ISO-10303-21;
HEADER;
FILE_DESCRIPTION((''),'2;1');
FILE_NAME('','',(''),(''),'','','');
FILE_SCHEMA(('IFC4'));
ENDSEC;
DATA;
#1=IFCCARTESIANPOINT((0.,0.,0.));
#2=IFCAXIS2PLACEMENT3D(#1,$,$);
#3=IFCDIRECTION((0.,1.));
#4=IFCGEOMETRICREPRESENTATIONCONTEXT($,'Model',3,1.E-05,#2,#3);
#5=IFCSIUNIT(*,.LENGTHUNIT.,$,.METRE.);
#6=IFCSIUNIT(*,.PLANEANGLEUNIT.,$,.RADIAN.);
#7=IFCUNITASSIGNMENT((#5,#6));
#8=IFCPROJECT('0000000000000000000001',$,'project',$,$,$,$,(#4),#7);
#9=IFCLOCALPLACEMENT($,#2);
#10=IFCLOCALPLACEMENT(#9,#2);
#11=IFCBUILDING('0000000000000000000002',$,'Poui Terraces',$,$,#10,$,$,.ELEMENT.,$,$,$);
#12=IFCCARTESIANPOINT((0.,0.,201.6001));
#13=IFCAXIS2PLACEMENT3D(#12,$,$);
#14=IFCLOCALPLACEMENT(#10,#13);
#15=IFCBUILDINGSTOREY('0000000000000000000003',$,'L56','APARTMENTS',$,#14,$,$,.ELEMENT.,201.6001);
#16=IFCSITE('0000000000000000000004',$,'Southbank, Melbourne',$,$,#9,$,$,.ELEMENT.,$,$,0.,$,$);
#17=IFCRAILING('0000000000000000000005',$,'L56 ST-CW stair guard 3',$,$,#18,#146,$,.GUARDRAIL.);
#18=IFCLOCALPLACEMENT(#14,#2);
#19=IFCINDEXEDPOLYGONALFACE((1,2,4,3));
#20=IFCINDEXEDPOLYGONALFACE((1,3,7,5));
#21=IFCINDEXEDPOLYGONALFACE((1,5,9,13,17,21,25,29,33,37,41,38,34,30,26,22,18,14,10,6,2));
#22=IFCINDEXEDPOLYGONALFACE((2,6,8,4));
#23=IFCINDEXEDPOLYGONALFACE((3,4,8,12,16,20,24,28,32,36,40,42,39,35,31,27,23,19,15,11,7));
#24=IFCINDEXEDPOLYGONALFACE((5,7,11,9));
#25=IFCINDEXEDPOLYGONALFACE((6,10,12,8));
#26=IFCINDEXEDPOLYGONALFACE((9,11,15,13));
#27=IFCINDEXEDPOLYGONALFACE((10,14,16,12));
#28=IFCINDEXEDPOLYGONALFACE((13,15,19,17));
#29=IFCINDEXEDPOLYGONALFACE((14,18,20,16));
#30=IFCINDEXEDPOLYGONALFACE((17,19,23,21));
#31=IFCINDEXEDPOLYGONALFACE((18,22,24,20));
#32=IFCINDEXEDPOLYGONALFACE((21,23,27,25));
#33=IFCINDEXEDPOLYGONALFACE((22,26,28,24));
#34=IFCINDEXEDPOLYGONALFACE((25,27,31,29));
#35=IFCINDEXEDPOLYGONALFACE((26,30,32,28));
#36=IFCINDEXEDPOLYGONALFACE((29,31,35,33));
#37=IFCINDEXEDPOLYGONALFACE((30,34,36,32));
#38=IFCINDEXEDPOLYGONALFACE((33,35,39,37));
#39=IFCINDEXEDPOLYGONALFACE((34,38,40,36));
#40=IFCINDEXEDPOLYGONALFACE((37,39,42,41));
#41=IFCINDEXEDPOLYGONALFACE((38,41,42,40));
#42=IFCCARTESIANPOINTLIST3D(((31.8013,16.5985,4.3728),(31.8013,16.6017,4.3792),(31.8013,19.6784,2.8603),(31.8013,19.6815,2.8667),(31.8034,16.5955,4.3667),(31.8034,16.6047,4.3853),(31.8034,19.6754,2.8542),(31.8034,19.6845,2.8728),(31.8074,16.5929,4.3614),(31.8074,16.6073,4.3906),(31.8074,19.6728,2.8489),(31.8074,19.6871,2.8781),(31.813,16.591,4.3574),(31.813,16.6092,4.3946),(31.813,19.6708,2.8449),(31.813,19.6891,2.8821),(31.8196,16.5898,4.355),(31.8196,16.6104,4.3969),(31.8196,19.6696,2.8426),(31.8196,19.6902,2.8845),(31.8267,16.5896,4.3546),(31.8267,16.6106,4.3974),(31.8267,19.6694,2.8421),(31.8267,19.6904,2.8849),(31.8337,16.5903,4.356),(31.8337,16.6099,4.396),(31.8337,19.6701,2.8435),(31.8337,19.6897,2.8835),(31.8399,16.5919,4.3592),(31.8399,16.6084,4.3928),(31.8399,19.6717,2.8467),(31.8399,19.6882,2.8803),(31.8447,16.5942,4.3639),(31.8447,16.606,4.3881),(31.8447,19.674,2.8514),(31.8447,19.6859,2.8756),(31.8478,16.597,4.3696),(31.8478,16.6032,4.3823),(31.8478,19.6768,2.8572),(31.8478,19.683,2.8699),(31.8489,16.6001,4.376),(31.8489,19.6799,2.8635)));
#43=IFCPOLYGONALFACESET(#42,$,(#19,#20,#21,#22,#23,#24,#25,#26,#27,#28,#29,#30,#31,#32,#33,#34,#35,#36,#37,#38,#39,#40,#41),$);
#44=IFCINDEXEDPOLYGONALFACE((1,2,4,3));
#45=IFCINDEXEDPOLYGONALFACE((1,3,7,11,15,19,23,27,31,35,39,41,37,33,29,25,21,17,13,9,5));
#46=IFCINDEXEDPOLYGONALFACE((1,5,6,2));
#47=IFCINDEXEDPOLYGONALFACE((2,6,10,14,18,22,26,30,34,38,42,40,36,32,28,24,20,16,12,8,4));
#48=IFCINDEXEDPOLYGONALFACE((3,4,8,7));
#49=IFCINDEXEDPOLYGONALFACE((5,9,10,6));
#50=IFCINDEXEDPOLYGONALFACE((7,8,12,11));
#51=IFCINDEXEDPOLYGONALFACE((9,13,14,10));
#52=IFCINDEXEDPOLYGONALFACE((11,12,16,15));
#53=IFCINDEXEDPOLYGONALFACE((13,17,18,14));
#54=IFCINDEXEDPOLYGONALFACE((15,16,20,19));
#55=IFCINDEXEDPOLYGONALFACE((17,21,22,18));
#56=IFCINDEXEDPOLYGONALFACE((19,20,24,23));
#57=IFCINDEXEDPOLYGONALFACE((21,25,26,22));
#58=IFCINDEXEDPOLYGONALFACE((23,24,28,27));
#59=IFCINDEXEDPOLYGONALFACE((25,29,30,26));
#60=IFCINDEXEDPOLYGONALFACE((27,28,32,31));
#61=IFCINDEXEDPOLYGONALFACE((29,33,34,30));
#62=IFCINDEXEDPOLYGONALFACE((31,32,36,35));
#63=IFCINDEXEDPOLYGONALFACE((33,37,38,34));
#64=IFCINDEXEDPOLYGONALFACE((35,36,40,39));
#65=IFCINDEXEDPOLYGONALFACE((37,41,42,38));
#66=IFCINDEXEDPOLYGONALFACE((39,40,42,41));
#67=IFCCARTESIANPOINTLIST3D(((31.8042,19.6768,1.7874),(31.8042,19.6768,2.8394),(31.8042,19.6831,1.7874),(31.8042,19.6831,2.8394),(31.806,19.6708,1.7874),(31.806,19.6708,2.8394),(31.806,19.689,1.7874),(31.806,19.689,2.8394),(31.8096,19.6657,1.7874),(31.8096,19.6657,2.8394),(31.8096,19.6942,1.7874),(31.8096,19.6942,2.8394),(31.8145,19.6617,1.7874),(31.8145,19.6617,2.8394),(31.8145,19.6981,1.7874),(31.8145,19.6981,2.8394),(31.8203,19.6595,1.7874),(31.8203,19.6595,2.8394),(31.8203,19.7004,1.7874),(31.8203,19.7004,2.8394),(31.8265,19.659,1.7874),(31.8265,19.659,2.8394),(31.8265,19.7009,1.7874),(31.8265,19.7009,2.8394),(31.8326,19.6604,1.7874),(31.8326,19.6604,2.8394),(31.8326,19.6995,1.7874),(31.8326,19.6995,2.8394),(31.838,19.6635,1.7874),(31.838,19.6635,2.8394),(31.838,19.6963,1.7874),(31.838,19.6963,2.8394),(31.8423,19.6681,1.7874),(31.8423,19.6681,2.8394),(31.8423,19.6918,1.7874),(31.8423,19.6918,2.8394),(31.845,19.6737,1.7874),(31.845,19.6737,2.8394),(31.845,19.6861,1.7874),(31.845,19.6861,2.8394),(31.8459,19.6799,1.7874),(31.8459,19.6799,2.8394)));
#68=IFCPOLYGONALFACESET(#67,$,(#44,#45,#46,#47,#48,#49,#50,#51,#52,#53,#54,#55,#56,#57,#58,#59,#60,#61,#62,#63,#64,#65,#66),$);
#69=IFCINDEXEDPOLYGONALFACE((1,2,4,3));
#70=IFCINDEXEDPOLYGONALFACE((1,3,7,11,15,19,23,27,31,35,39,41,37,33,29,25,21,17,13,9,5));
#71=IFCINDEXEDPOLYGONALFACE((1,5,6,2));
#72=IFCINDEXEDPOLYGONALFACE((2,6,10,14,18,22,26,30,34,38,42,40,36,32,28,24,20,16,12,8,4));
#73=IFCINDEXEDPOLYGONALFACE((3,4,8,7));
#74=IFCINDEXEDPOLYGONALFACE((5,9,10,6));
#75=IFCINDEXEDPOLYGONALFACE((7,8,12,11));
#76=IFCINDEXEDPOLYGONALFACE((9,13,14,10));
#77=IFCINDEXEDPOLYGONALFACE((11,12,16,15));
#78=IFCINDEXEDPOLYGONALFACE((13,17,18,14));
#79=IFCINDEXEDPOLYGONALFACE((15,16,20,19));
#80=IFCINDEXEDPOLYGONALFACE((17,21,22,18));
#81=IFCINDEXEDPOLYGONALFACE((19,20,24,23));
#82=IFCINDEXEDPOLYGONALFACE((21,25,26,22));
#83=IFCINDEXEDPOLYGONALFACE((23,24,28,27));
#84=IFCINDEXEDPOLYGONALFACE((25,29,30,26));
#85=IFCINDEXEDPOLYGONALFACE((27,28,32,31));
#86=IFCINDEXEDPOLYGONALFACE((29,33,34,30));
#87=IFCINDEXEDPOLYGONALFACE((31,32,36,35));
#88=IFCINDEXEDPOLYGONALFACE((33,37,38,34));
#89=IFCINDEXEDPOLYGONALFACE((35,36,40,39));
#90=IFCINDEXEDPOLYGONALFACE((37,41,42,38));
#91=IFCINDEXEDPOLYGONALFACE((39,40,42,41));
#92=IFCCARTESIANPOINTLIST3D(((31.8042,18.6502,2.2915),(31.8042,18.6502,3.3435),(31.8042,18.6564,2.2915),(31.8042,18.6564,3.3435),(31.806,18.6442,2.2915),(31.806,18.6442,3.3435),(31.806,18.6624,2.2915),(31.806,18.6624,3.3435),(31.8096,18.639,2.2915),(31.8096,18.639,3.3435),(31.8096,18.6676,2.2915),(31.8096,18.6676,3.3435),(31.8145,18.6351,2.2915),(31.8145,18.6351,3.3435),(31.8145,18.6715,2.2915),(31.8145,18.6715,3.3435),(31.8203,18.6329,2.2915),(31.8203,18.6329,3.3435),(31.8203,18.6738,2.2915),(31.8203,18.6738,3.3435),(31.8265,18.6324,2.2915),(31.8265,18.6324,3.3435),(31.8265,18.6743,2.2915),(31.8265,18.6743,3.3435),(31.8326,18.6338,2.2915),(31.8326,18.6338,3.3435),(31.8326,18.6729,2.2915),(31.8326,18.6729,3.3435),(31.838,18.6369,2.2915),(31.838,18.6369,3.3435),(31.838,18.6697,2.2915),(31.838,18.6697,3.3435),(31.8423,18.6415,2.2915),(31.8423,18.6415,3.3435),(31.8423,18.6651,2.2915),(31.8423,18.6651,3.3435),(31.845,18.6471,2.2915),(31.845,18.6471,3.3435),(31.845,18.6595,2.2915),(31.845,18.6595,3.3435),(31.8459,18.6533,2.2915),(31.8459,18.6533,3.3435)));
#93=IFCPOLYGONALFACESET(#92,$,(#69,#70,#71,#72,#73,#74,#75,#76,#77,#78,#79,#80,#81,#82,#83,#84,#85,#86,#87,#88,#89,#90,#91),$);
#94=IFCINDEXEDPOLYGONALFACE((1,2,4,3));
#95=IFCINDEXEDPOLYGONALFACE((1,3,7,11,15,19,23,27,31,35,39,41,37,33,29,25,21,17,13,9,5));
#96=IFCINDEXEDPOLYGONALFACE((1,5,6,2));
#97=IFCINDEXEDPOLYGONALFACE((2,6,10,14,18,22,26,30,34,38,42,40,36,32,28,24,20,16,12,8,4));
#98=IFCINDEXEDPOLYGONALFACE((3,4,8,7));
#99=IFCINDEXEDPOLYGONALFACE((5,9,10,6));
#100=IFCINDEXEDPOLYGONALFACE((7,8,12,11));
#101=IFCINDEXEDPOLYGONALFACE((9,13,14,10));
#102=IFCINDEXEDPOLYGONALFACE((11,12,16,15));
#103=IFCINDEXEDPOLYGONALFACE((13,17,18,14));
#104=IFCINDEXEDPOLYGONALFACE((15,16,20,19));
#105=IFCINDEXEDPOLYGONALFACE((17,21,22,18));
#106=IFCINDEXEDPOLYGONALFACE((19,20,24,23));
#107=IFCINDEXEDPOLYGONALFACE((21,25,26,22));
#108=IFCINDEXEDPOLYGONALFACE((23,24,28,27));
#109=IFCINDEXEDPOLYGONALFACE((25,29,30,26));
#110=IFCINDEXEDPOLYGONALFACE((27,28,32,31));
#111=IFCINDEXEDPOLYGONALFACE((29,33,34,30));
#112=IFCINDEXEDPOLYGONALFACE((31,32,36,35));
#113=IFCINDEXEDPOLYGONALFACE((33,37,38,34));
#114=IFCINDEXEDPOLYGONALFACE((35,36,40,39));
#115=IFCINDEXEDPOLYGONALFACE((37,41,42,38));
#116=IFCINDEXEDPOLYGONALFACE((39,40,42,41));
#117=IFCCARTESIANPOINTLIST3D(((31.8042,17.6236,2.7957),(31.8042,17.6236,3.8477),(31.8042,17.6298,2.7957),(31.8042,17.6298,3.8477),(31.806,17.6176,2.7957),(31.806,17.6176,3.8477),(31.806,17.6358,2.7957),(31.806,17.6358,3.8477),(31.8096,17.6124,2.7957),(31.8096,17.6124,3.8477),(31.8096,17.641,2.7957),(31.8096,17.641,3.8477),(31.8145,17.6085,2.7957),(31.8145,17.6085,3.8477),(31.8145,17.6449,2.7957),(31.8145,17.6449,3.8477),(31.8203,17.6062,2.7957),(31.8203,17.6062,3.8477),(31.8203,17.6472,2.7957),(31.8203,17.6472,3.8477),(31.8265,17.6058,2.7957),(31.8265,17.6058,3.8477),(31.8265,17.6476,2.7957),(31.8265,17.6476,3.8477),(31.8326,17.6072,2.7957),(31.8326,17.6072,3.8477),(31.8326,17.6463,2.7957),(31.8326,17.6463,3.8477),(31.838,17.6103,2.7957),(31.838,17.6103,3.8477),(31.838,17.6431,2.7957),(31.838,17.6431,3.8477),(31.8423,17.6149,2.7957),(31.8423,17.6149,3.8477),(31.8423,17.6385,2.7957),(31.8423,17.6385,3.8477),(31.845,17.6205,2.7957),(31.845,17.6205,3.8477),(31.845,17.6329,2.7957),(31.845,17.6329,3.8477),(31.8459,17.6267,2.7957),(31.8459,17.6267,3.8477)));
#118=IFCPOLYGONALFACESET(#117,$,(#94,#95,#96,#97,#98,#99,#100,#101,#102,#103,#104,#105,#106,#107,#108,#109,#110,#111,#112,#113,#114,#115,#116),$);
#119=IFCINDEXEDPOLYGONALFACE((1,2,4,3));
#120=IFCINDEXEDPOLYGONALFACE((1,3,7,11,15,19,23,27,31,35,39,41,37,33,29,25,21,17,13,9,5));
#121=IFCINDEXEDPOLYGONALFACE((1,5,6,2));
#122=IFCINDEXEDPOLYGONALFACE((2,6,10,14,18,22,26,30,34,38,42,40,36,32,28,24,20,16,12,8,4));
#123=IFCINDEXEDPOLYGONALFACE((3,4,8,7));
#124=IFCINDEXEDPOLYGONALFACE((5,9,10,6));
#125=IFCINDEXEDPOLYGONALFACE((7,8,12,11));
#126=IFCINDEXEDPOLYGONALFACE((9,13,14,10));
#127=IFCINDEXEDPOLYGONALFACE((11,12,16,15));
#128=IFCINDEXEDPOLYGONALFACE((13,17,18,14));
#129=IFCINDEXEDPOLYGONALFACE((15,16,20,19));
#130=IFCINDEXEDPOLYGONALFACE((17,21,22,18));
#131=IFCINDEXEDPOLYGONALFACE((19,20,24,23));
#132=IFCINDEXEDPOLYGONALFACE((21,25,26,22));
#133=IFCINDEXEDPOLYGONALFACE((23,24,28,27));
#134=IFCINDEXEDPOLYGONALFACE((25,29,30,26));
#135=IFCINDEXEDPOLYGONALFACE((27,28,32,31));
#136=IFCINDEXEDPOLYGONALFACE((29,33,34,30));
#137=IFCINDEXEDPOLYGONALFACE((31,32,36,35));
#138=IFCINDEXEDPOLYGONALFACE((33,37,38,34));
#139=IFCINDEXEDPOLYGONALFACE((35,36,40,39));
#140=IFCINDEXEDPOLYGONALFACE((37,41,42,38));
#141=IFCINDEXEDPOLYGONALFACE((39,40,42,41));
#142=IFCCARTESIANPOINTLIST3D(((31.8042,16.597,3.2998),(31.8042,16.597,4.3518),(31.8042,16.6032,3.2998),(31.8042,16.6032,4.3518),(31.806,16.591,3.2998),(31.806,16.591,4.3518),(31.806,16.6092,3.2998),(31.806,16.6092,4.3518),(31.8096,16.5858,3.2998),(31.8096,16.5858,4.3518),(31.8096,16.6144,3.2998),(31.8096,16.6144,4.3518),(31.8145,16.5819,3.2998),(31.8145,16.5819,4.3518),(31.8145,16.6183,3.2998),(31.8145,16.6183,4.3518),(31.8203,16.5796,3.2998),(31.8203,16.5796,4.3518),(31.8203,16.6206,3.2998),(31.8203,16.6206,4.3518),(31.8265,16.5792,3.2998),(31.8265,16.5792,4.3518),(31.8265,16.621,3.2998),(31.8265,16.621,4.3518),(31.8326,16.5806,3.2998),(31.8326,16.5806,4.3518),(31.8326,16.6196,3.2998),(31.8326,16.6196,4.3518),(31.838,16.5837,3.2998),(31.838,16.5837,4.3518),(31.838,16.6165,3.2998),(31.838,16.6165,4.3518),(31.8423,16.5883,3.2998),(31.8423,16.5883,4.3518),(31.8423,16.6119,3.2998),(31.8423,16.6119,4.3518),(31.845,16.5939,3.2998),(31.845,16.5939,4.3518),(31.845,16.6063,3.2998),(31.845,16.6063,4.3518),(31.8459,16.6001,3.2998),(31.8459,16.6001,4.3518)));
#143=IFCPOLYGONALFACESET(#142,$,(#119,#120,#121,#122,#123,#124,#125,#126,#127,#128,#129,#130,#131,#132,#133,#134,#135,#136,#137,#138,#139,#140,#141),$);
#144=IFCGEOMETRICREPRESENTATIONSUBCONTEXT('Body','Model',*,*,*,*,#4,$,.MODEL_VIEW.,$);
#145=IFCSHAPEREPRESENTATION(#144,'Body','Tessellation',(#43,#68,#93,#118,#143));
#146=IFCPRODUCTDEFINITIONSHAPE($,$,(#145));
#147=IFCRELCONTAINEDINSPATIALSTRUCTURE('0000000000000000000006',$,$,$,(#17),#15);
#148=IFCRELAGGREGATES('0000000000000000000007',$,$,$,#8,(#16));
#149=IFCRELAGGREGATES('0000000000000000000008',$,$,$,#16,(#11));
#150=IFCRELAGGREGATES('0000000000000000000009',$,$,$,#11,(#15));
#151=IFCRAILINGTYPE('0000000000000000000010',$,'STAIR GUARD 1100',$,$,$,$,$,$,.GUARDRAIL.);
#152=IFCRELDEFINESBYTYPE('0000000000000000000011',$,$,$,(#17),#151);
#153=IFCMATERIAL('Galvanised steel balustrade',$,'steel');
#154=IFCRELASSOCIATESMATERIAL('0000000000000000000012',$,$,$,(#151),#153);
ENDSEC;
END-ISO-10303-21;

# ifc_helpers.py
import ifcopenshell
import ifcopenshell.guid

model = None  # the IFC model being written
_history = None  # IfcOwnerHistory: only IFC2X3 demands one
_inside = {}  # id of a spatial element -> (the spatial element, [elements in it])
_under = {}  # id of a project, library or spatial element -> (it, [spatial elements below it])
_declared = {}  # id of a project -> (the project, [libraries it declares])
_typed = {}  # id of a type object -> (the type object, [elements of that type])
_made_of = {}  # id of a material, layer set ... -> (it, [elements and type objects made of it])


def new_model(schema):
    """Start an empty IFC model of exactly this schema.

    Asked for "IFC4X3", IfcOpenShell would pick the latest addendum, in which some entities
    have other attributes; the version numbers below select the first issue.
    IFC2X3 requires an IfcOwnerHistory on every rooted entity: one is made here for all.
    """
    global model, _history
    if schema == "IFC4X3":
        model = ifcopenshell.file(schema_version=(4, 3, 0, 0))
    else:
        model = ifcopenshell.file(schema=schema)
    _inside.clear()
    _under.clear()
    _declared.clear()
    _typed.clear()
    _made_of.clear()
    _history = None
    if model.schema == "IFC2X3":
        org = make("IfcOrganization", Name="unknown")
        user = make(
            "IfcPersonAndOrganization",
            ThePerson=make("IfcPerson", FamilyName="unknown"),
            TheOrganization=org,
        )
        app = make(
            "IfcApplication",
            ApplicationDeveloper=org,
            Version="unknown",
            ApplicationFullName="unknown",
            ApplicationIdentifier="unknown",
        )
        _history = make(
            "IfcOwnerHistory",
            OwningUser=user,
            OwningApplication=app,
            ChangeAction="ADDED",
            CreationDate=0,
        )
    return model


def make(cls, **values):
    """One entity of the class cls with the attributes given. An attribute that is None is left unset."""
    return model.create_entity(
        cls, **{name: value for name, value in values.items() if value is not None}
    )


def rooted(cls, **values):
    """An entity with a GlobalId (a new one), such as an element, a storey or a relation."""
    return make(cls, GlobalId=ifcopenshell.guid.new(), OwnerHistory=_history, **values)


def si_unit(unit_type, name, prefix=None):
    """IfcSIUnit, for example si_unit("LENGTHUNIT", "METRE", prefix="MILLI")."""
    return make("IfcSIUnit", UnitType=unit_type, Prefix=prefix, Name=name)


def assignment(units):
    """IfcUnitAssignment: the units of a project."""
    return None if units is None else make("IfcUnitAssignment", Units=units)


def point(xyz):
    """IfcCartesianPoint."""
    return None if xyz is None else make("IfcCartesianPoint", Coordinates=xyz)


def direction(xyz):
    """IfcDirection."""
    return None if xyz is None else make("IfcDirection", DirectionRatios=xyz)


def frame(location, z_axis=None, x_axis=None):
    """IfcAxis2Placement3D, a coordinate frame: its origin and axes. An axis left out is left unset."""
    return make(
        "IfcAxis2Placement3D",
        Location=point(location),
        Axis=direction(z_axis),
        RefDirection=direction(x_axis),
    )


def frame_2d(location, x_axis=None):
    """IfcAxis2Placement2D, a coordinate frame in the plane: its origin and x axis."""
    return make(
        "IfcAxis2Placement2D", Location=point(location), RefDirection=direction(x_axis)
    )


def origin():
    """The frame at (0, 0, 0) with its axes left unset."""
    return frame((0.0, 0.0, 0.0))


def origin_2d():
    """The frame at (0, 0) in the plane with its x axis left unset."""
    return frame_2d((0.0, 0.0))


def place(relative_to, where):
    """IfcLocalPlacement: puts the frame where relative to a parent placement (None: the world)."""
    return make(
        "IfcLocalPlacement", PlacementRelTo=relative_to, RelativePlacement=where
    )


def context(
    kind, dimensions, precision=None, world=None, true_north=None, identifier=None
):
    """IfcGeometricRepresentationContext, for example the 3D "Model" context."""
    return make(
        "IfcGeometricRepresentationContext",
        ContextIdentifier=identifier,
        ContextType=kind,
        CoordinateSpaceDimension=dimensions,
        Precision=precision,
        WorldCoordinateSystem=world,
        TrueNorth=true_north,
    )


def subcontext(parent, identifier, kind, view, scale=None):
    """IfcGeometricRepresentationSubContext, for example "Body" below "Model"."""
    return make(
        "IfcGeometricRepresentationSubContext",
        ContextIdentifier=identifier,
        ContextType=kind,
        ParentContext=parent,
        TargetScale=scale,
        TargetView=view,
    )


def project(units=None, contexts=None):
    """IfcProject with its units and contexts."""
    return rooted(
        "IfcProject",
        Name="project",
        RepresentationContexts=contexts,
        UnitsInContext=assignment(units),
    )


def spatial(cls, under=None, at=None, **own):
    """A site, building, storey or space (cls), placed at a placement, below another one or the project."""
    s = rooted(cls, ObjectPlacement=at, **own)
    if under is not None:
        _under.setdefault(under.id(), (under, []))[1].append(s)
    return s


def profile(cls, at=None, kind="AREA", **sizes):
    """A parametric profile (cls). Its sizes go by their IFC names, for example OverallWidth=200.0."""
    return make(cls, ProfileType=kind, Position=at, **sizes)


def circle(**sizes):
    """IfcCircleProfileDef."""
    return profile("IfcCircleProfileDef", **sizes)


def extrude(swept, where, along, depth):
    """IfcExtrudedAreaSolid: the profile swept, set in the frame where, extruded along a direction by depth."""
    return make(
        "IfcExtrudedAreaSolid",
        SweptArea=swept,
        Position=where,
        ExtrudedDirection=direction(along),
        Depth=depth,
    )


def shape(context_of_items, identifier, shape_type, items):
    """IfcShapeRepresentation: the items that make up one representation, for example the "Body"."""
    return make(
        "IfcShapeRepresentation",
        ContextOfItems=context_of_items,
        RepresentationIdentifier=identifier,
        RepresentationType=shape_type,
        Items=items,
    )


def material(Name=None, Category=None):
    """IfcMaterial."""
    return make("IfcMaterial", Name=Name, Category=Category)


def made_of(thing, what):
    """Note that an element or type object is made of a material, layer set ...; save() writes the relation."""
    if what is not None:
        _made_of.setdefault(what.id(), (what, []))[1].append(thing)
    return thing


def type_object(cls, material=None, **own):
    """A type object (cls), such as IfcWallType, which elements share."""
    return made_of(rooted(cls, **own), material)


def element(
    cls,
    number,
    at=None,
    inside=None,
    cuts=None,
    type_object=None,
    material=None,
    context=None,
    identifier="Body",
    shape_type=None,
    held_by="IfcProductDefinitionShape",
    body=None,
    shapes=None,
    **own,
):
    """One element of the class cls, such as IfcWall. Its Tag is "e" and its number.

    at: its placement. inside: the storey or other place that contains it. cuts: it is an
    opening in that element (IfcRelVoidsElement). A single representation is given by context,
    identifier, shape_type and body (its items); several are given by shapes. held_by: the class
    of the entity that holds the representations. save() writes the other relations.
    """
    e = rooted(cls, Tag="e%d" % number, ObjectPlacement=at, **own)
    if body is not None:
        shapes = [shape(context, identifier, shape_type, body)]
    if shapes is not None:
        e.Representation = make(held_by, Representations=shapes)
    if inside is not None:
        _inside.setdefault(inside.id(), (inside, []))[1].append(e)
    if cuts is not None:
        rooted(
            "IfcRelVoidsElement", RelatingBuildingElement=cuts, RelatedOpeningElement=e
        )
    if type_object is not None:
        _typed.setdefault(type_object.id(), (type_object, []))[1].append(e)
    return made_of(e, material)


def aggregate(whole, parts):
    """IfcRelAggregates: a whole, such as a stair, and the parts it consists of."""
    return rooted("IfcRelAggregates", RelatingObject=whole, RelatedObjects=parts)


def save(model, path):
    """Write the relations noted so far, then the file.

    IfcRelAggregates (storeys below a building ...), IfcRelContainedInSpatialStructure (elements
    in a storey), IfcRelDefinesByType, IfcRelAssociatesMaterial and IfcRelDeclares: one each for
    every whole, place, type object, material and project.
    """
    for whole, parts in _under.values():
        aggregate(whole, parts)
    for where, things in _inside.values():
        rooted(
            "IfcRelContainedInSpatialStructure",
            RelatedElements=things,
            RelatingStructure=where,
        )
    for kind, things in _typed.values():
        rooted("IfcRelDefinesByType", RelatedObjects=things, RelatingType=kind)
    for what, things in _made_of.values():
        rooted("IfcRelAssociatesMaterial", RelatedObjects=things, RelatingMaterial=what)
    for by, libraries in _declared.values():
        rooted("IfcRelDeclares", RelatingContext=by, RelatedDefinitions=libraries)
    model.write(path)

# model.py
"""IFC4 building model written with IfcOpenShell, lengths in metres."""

from ifc_helpers import new_model, si_unit, direction, frame, origin, origin_2d, place, context, subcontext, project, spatial, circle, extrude, material, type_object, element, save


model = new_model("IFC4")

# Units and contexts
model_context = context("Model", 3, precision=1e-05, world=origin(), true_north=direction((0.0, 1.0)))
body_context = subcontext(model_context, "Body", "Model", "MODEL_VIEW")
ifc_project = project(units=[si_unit("LENGTHUNIT", "METRE"), si_unit("PLANEANGLEUNIT", "RADIAN")], contexts=[model_context])

# Site, building, storey
site_placement = place(None, origin())
site = spatial("IfcSite", under=ifc_project, at=site_placement, Name="Southbank, Melbourne", CompositionType="ELEMENT", RefElevation=0.0)
building_placement = place(site_placement, origin())
building = spatial("IfcBuilding", under=site, at=building_placement, Name="Poui Terraces", CompositionType="ELEMENT")
storey_placement = place(building_placement, frame((0.0, 0.0, 201.6001)))
storey = spatial("IfcBuildingStorey", under=building, at=storey_placement, Name="L56", Description="APARTMENTS", CompositionType="ELEMENT", Elevation=201.6001)

# Railing
ifc_material_1 = material(Name="Galvanised steel balustrade", Category="steel")
railing_type_1 = type_object("IfcRailingType", Name="STAIR GUARD 1100", PredefinedType="GUARDRAIL", material=ifc_material_1)
railing_1_placement = place(storey_placement, frame((31.825, 19.6799, 1.7874)))
element("IfcRailing", 1, at=railing_1_placement, inside=storey, type_object=railing_type_1, Name="L56 ST-CW stair guard 3", PredefinedType="GUARDRAIL", context=body_context, shape_type="SweptSolid", body=[
    extrude(circle(Radius=0.0239, at=origin_2d()), frame((0.0, 0.0, 1.0762), z_axis=(0.0, -0.897606, 0.440798), x_axis=(1.0, 0.0, 0.0)), (0.0, 0.0, 1.0), 3.4312),
    extrude(circle(Radius=0.021, at=origin_2d()), origin(), (0.0, 0.0, 1.0), 1.052),
    extrude(circle(Radius=0.021, at=origin_2d()), frame((0.0, -1.0266, 0.5042)), (0.0, 0.0, 1.0), 1.052),
    extrude(circle(Radius=0.021, at=origin_2d()), frame((0.0, -2.0532, 1.0083)), (0.0, 0.0, 1.0), 1.052),
    extrude(circle(Radius=0.021, at=origin_2d()), frame((0.0, -3.0798, 1.5125)), (0.0, 0.0, 1.0), 1.052),
])

save(model, "model.ifc")
